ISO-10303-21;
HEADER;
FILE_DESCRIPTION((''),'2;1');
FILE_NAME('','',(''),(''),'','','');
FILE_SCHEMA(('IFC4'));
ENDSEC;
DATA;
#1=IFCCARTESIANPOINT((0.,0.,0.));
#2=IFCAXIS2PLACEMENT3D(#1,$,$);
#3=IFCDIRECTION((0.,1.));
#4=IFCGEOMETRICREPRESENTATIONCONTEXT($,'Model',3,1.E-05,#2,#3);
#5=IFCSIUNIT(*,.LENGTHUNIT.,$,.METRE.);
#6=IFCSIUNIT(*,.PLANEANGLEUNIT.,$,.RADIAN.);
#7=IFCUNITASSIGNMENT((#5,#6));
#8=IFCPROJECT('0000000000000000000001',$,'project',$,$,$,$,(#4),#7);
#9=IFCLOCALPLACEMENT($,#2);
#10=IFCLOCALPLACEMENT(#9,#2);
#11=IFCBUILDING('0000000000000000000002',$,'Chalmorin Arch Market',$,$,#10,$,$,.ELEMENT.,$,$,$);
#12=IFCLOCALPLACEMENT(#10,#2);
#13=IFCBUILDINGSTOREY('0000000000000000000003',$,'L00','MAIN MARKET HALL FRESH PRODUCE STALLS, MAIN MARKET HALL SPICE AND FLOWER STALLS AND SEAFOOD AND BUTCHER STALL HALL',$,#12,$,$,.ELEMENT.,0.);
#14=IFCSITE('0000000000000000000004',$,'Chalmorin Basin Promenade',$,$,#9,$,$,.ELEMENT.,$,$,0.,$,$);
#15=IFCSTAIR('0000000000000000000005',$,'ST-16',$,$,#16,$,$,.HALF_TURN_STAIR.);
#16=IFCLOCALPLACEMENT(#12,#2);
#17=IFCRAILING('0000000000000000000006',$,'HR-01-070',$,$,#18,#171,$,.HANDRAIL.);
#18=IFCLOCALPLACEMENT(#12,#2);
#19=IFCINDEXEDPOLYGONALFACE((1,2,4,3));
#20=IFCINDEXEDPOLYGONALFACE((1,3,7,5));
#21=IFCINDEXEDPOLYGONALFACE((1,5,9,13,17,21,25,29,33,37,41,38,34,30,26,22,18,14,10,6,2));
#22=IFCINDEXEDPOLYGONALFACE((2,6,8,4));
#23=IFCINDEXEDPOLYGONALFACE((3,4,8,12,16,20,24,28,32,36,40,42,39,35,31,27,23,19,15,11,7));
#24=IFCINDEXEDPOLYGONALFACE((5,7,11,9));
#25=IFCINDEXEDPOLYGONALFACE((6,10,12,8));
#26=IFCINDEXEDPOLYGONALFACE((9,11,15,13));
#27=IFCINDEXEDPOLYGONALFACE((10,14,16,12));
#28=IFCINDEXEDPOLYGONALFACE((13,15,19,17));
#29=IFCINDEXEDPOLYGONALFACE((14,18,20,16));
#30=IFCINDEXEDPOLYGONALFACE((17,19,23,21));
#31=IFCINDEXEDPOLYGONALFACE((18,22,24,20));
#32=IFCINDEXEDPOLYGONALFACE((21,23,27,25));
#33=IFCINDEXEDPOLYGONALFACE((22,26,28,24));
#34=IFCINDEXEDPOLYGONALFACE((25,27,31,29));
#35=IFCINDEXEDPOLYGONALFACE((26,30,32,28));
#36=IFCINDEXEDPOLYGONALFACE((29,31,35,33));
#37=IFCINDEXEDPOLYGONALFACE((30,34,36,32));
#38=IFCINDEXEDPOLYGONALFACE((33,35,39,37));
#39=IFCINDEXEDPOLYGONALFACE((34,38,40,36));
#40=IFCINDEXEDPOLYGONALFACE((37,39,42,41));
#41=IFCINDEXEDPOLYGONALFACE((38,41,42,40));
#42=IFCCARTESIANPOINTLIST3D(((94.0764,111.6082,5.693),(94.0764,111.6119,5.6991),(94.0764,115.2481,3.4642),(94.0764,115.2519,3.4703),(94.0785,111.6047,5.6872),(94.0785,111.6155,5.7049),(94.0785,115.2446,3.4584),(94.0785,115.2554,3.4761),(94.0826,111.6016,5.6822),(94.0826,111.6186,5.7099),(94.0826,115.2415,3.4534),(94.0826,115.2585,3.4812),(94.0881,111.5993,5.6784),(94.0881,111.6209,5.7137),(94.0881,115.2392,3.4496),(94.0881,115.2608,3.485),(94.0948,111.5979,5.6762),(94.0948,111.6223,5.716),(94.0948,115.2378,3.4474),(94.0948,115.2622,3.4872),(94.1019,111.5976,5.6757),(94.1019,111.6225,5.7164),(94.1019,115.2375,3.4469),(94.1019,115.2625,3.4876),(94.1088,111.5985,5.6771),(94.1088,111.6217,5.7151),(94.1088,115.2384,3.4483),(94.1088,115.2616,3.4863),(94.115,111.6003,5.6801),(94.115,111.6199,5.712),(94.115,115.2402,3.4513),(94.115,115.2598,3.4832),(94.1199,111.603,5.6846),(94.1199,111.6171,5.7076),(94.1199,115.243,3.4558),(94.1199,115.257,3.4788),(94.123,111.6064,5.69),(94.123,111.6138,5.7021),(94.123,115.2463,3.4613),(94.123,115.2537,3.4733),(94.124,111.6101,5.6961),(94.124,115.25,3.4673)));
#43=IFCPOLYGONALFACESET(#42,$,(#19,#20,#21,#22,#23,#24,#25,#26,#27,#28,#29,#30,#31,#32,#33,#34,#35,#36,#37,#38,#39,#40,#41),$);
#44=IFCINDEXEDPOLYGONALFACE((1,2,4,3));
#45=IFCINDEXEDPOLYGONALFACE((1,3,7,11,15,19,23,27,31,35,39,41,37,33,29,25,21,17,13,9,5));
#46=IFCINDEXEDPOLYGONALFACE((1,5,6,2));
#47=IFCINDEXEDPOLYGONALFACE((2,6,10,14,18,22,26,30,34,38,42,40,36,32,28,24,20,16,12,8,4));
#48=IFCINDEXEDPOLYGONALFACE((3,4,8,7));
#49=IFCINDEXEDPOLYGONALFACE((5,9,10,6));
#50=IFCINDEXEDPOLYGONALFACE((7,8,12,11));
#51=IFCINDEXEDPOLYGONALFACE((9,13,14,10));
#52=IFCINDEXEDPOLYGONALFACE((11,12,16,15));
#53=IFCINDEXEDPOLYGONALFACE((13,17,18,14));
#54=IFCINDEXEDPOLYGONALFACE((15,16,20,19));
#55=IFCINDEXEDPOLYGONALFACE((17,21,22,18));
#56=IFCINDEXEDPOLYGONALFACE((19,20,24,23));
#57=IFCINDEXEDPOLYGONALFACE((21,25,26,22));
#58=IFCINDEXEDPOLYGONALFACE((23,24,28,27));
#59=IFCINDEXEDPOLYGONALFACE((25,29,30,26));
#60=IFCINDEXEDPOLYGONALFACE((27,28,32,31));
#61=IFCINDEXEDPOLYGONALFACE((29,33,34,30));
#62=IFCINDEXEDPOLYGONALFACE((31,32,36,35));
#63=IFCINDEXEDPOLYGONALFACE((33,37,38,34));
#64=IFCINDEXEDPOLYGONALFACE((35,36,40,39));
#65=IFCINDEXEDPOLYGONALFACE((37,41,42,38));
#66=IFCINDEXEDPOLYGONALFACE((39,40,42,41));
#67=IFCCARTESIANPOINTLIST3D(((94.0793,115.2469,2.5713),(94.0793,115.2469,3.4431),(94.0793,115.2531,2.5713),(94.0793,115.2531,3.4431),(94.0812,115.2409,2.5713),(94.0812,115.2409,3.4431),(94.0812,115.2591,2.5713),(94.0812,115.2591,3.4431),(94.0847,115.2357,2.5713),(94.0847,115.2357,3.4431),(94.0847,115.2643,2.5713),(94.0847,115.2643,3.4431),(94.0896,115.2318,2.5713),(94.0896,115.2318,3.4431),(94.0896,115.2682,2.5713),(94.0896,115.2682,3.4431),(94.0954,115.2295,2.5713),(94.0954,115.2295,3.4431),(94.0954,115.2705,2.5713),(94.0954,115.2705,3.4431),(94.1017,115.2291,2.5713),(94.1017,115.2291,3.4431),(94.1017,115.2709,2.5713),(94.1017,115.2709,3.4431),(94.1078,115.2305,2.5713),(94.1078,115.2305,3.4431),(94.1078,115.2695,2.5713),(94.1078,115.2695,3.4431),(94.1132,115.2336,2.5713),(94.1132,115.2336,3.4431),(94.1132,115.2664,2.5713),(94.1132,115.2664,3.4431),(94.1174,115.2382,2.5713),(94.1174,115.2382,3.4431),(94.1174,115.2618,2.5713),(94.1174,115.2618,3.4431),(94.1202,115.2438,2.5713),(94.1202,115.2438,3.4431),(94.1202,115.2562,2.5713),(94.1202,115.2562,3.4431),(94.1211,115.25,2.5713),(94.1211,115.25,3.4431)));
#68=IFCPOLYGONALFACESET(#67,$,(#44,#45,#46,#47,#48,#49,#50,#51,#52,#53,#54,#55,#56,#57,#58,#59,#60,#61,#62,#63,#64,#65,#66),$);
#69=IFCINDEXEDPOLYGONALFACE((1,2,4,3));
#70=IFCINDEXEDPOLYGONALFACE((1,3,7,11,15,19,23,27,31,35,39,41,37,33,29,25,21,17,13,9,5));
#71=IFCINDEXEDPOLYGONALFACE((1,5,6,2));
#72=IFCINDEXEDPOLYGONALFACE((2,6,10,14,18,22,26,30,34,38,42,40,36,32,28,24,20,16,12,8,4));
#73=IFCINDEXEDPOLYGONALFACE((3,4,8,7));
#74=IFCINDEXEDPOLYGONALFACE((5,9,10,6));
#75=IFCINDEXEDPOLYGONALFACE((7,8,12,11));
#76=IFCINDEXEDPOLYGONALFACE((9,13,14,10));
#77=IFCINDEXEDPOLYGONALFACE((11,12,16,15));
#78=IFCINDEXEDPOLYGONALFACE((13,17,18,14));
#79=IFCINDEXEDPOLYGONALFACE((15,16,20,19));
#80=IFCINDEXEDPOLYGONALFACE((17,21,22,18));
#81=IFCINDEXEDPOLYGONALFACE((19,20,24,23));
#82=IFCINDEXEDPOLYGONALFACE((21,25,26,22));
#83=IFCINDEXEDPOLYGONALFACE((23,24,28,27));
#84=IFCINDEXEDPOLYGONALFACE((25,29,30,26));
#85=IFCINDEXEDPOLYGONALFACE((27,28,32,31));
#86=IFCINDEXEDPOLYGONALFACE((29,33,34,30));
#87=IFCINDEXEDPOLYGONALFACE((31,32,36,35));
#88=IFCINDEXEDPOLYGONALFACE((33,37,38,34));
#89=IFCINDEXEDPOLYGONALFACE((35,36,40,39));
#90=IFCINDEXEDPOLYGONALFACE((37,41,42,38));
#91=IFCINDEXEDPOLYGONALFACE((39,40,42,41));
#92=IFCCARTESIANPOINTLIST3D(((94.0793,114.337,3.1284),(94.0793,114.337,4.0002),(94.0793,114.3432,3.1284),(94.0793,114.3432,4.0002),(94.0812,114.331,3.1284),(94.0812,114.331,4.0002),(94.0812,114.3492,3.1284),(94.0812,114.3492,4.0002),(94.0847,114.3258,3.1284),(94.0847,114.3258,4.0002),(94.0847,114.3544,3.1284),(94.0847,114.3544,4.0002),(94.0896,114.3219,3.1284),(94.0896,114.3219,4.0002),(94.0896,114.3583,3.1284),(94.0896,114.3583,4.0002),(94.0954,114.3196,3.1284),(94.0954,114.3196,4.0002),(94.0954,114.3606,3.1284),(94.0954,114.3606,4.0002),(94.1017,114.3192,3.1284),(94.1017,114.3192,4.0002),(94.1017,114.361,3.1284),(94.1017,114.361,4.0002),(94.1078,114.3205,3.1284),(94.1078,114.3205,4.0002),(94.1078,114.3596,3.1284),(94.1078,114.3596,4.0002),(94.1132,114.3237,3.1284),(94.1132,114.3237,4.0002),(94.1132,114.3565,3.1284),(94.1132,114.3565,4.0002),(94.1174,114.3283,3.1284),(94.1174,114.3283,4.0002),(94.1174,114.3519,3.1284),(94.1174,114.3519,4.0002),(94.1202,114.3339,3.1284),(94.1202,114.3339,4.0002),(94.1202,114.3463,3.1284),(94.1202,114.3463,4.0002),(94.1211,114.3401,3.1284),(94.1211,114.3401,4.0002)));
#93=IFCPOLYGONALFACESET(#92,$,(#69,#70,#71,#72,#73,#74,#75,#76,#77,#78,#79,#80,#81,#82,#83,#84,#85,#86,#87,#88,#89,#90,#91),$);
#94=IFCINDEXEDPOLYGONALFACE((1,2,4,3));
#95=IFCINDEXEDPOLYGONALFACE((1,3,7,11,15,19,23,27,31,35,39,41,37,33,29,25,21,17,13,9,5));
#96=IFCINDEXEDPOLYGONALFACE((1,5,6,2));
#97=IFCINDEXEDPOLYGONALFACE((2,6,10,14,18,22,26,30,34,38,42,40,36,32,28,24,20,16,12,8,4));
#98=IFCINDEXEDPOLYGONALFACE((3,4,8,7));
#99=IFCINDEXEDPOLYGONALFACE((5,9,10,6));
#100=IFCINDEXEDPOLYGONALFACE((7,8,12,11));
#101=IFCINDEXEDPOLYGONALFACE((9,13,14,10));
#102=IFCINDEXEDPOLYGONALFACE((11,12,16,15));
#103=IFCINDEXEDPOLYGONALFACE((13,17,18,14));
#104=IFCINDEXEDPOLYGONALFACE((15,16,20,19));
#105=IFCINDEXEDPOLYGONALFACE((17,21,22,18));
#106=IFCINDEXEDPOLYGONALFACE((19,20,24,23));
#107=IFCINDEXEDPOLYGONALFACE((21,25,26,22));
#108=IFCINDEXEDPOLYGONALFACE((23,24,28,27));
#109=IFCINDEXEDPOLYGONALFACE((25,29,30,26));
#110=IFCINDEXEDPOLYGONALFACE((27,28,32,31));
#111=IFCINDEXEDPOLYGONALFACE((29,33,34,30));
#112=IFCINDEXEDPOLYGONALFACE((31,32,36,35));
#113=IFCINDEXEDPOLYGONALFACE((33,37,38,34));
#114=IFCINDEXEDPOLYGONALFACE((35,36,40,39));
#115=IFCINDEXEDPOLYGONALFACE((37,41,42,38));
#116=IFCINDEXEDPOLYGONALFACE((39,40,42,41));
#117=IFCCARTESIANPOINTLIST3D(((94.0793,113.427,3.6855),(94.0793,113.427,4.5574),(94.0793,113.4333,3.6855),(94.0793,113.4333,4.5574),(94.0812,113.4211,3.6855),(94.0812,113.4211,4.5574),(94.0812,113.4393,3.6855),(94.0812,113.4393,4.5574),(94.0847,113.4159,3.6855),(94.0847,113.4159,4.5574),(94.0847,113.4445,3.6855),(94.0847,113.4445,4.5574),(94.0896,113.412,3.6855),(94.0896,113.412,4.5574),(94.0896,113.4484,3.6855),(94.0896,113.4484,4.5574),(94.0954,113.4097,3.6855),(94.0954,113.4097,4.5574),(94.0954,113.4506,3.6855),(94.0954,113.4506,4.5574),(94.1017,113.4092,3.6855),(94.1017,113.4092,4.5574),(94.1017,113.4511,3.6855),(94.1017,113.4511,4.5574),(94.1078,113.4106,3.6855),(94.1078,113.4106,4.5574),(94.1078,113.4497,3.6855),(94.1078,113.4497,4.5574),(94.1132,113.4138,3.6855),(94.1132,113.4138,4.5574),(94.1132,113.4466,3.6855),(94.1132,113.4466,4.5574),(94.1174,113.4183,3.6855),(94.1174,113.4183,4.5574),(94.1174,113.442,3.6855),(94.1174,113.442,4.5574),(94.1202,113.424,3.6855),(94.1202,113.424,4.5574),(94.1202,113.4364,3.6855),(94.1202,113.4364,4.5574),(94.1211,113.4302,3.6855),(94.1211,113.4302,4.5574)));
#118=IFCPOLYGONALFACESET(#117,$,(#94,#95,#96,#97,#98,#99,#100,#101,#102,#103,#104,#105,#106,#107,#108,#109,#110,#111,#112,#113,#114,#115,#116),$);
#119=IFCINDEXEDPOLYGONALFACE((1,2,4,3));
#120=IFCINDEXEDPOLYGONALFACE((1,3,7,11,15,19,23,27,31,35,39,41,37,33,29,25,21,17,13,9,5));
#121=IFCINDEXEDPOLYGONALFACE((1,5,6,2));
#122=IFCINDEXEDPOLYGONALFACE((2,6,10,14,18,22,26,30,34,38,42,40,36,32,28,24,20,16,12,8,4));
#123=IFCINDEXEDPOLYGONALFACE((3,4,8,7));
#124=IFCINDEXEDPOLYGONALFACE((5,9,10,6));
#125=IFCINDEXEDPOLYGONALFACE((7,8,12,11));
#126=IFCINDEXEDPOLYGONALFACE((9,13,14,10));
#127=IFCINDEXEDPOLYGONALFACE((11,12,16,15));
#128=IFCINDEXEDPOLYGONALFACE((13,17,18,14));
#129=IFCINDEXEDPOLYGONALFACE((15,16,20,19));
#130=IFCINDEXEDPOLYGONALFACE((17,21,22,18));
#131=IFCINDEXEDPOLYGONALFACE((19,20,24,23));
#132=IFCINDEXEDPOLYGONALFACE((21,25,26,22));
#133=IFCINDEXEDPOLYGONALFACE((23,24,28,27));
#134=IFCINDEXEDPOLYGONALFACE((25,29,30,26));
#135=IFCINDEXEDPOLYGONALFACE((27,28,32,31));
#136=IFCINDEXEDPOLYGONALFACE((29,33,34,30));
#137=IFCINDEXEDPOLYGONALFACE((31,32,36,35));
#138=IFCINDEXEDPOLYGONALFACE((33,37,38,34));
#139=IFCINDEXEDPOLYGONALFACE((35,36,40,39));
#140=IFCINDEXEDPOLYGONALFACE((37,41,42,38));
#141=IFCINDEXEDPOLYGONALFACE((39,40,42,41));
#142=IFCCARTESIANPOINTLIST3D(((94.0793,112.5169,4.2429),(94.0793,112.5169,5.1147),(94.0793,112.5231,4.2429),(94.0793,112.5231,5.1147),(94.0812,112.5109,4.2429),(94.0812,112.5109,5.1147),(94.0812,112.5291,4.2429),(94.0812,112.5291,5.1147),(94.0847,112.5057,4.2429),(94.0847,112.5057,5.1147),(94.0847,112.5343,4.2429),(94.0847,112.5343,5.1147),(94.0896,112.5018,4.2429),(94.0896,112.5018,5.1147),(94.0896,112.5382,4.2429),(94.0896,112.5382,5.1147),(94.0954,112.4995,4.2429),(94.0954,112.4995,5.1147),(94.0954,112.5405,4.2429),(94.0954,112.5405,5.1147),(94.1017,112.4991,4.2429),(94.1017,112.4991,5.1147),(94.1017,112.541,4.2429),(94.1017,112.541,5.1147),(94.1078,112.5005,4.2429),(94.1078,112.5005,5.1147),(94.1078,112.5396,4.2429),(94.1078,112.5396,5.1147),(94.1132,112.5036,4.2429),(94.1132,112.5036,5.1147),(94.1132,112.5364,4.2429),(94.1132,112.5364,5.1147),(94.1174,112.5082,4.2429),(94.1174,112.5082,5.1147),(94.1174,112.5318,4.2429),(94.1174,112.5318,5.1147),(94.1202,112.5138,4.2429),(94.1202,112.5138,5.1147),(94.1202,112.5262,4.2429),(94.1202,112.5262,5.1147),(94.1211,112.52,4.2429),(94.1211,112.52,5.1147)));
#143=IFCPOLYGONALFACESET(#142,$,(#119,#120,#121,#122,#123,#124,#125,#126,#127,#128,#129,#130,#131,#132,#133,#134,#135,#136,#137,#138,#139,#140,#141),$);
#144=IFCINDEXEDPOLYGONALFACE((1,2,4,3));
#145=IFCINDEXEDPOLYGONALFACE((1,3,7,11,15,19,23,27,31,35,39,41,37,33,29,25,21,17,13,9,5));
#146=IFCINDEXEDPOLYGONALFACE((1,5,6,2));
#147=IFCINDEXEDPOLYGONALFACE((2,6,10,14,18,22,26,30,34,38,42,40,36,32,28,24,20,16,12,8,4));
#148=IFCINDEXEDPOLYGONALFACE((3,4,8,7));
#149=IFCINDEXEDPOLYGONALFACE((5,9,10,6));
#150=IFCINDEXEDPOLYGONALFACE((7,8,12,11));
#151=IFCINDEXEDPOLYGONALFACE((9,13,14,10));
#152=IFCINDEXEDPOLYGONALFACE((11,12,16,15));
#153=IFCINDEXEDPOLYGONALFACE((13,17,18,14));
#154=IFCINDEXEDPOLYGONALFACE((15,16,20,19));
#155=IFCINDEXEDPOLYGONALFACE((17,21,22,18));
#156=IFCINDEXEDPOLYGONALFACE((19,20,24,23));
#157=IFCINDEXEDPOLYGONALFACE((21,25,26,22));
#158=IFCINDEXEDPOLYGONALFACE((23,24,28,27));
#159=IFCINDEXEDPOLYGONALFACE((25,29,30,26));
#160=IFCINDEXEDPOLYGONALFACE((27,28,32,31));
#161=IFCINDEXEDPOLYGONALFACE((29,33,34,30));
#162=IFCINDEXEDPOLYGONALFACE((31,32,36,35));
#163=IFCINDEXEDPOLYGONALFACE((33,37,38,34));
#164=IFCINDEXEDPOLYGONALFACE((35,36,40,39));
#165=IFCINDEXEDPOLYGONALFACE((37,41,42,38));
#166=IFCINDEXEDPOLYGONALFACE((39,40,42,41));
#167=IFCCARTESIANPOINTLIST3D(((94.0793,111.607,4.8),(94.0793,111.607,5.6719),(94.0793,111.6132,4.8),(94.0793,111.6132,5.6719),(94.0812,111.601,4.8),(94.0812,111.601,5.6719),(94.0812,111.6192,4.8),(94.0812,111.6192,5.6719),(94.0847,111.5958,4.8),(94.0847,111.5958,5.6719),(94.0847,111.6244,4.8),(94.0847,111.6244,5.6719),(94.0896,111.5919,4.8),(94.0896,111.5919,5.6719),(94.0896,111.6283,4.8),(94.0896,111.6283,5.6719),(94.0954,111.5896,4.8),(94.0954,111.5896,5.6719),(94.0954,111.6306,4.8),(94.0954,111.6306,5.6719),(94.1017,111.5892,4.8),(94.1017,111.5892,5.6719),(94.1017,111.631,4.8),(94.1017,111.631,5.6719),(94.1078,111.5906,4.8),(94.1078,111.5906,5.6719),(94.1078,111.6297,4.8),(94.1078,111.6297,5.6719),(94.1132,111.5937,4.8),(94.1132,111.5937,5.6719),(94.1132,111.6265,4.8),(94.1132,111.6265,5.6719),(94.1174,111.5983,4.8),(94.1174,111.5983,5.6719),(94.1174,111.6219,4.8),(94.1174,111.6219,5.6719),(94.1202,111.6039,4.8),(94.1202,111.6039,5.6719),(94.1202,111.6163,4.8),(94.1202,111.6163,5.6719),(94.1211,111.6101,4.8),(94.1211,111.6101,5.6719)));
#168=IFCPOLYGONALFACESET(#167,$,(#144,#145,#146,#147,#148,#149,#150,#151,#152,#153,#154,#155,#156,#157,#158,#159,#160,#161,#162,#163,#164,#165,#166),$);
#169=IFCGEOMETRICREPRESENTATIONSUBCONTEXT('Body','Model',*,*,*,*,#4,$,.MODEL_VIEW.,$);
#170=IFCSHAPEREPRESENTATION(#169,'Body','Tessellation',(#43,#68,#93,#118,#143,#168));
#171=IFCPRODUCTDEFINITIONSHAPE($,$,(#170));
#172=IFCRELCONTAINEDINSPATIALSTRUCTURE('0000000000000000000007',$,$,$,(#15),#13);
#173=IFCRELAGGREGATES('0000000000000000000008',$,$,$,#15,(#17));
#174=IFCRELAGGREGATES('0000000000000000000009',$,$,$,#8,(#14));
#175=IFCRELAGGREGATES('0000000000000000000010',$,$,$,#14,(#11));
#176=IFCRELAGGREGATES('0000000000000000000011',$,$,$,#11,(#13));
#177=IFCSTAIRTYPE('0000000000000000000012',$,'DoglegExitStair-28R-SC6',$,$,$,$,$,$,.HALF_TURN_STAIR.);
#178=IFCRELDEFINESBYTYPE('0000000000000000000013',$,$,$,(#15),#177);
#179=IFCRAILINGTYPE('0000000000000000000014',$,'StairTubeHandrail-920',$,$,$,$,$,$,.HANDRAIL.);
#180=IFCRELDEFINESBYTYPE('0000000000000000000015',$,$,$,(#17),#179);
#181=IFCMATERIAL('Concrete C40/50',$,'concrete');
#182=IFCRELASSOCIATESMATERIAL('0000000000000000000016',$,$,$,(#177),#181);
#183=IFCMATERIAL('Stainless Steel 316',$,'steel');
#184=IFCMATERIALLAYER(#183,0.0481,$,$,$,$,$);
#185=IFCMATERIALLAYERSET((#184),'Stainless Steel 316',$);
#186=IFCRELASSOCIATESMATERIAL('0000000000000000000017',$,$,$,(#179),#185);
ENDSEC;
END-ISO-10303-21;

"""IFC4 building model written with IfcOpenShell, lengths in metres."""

from ifc_helpers import new_model, si_unit, direction, frame, origin, origin_2d, place, context, subcontext, project, spatial, circle, extrude, material, layer, layer_set, type_object, element, aggregate, save


model = new_model("IFC4")

# Units and contexts
model_context = context("Model", 3, precision=1e-05, world=origin(), true_north=direction((0.0, 1.0)))
body_context = subcontext(model_context, "Body", "Model", "MODEL_VIEW")
ifc_project = project(units=[si_unit("LENGTHUNIT", "METRE"), si_unit("PLANEANGLEUNIT", "RADIAN")], contexts=[model_context])

# Site, building, storey
site_placement = place(None, origin())
site = spatial("IfcSite", under=ifc_project, at=site_placement, Name="Chalmorin Basin Promenade", CompositionType="ELEMENT", RefElevation=0.0)
building_placement = place(site_placement, origin())
building = spatial("IfcBuilding", under=site, at=building_placement, Name="Chalmorin Arch Market", CompositionType="ELEMENT")
storey_placement = place(building_placement, origin())
storey = spatial("IfcBuildingStorey", under=building, at=storey_placement, Name="L00", Description="MAIN MARKET HALL FRESH PRODUCE STALLS, MAIN MARKET HALL SPICE AND FLOWER STALLS AND SEAFOOD AND BUTCHER STALL HALL", CompositionType="ELEMENT", Elevation=0.0)

# Shared definitions
ifc_material_1 = material(Name="Concrete C40/50", Category="concrete")

# Stair, railing
stair_type = type_object("IfcStairType", Name="DoglegExitStair-28R-SC6", PredefinedType="HALF_TURN_STAIR", material=ifc_material_1)
stair_placement = place(storey_placement, origin())
stair = element("IfcStair", 1, at=stair_placement, inside=storey, type_object=stair_type, Name="ST-16", PredefinedType="HALF_TURN_STAIR")
ifc_material_2 = material(Name="Stainless Steel 316", Category="steel")
ifc_layer_1 = layer(ifc_material_2, 0.0481)
ifc_layer_set_1 = layer_set([ifc_layer_1], Name="Stainless Steel 316")
railing_type_1 = type_object("IfcRailingType", Name="StairTubeHandrail-920", PredefinedType="HANDRAIL", material=ifc_layer_set_1)
railing_1_placement = place(storey_placement, frame((94.1001, 115.25, 2.5713)))
railing_1 = element("IfcRailing", 2, at=railing_1_placement, type_object=railing_type_1, Name="HR-01-070", PredefinedType="HANDRAIL", context=body_context, shape_type="SweptSolid", body=[
    extrude(circle(Radius=0.0239, at=origin_2d()), frame((0.0, 0.0, 0.896), z_axis=(0.0, -0.852825, 0.522197), x_axis=(1.0, 0.0, 0.0)), (0.0, 0.0, 1.0), 4.2681),
    extrude(circle(Radius=0.021, at=origin_2d()), origin(), (0.0, 0.0, 1.0), 0.8718),
    extrude(circle(Radius=0.021, at=origin_2d()), frame((0.0, -0.9099, 0.5571)), (0.0, 0.0, 1.0), 0.8718),
    extrude(circle(Radius=0.021, at=origin_2d()), frame((0.0, -1.8198, 1.1143)), (0.0, 0.0, 1.0), 0.8718),
    extrude(circle(Radius=0.021, at=origin_2d()), frame((0.0, -2.73, 1.6716)), (0.0, 0.0, 1.0), 0.8718),
    extrude(circle(Radius=0.021, at=origin_2d()), frame((0.0, -3.6399, 2.2288)), (0.0, 0.0, 1.0), 0.8718),
])
aggregate(stair, [railing_1])

save(model, "model.ifc")
